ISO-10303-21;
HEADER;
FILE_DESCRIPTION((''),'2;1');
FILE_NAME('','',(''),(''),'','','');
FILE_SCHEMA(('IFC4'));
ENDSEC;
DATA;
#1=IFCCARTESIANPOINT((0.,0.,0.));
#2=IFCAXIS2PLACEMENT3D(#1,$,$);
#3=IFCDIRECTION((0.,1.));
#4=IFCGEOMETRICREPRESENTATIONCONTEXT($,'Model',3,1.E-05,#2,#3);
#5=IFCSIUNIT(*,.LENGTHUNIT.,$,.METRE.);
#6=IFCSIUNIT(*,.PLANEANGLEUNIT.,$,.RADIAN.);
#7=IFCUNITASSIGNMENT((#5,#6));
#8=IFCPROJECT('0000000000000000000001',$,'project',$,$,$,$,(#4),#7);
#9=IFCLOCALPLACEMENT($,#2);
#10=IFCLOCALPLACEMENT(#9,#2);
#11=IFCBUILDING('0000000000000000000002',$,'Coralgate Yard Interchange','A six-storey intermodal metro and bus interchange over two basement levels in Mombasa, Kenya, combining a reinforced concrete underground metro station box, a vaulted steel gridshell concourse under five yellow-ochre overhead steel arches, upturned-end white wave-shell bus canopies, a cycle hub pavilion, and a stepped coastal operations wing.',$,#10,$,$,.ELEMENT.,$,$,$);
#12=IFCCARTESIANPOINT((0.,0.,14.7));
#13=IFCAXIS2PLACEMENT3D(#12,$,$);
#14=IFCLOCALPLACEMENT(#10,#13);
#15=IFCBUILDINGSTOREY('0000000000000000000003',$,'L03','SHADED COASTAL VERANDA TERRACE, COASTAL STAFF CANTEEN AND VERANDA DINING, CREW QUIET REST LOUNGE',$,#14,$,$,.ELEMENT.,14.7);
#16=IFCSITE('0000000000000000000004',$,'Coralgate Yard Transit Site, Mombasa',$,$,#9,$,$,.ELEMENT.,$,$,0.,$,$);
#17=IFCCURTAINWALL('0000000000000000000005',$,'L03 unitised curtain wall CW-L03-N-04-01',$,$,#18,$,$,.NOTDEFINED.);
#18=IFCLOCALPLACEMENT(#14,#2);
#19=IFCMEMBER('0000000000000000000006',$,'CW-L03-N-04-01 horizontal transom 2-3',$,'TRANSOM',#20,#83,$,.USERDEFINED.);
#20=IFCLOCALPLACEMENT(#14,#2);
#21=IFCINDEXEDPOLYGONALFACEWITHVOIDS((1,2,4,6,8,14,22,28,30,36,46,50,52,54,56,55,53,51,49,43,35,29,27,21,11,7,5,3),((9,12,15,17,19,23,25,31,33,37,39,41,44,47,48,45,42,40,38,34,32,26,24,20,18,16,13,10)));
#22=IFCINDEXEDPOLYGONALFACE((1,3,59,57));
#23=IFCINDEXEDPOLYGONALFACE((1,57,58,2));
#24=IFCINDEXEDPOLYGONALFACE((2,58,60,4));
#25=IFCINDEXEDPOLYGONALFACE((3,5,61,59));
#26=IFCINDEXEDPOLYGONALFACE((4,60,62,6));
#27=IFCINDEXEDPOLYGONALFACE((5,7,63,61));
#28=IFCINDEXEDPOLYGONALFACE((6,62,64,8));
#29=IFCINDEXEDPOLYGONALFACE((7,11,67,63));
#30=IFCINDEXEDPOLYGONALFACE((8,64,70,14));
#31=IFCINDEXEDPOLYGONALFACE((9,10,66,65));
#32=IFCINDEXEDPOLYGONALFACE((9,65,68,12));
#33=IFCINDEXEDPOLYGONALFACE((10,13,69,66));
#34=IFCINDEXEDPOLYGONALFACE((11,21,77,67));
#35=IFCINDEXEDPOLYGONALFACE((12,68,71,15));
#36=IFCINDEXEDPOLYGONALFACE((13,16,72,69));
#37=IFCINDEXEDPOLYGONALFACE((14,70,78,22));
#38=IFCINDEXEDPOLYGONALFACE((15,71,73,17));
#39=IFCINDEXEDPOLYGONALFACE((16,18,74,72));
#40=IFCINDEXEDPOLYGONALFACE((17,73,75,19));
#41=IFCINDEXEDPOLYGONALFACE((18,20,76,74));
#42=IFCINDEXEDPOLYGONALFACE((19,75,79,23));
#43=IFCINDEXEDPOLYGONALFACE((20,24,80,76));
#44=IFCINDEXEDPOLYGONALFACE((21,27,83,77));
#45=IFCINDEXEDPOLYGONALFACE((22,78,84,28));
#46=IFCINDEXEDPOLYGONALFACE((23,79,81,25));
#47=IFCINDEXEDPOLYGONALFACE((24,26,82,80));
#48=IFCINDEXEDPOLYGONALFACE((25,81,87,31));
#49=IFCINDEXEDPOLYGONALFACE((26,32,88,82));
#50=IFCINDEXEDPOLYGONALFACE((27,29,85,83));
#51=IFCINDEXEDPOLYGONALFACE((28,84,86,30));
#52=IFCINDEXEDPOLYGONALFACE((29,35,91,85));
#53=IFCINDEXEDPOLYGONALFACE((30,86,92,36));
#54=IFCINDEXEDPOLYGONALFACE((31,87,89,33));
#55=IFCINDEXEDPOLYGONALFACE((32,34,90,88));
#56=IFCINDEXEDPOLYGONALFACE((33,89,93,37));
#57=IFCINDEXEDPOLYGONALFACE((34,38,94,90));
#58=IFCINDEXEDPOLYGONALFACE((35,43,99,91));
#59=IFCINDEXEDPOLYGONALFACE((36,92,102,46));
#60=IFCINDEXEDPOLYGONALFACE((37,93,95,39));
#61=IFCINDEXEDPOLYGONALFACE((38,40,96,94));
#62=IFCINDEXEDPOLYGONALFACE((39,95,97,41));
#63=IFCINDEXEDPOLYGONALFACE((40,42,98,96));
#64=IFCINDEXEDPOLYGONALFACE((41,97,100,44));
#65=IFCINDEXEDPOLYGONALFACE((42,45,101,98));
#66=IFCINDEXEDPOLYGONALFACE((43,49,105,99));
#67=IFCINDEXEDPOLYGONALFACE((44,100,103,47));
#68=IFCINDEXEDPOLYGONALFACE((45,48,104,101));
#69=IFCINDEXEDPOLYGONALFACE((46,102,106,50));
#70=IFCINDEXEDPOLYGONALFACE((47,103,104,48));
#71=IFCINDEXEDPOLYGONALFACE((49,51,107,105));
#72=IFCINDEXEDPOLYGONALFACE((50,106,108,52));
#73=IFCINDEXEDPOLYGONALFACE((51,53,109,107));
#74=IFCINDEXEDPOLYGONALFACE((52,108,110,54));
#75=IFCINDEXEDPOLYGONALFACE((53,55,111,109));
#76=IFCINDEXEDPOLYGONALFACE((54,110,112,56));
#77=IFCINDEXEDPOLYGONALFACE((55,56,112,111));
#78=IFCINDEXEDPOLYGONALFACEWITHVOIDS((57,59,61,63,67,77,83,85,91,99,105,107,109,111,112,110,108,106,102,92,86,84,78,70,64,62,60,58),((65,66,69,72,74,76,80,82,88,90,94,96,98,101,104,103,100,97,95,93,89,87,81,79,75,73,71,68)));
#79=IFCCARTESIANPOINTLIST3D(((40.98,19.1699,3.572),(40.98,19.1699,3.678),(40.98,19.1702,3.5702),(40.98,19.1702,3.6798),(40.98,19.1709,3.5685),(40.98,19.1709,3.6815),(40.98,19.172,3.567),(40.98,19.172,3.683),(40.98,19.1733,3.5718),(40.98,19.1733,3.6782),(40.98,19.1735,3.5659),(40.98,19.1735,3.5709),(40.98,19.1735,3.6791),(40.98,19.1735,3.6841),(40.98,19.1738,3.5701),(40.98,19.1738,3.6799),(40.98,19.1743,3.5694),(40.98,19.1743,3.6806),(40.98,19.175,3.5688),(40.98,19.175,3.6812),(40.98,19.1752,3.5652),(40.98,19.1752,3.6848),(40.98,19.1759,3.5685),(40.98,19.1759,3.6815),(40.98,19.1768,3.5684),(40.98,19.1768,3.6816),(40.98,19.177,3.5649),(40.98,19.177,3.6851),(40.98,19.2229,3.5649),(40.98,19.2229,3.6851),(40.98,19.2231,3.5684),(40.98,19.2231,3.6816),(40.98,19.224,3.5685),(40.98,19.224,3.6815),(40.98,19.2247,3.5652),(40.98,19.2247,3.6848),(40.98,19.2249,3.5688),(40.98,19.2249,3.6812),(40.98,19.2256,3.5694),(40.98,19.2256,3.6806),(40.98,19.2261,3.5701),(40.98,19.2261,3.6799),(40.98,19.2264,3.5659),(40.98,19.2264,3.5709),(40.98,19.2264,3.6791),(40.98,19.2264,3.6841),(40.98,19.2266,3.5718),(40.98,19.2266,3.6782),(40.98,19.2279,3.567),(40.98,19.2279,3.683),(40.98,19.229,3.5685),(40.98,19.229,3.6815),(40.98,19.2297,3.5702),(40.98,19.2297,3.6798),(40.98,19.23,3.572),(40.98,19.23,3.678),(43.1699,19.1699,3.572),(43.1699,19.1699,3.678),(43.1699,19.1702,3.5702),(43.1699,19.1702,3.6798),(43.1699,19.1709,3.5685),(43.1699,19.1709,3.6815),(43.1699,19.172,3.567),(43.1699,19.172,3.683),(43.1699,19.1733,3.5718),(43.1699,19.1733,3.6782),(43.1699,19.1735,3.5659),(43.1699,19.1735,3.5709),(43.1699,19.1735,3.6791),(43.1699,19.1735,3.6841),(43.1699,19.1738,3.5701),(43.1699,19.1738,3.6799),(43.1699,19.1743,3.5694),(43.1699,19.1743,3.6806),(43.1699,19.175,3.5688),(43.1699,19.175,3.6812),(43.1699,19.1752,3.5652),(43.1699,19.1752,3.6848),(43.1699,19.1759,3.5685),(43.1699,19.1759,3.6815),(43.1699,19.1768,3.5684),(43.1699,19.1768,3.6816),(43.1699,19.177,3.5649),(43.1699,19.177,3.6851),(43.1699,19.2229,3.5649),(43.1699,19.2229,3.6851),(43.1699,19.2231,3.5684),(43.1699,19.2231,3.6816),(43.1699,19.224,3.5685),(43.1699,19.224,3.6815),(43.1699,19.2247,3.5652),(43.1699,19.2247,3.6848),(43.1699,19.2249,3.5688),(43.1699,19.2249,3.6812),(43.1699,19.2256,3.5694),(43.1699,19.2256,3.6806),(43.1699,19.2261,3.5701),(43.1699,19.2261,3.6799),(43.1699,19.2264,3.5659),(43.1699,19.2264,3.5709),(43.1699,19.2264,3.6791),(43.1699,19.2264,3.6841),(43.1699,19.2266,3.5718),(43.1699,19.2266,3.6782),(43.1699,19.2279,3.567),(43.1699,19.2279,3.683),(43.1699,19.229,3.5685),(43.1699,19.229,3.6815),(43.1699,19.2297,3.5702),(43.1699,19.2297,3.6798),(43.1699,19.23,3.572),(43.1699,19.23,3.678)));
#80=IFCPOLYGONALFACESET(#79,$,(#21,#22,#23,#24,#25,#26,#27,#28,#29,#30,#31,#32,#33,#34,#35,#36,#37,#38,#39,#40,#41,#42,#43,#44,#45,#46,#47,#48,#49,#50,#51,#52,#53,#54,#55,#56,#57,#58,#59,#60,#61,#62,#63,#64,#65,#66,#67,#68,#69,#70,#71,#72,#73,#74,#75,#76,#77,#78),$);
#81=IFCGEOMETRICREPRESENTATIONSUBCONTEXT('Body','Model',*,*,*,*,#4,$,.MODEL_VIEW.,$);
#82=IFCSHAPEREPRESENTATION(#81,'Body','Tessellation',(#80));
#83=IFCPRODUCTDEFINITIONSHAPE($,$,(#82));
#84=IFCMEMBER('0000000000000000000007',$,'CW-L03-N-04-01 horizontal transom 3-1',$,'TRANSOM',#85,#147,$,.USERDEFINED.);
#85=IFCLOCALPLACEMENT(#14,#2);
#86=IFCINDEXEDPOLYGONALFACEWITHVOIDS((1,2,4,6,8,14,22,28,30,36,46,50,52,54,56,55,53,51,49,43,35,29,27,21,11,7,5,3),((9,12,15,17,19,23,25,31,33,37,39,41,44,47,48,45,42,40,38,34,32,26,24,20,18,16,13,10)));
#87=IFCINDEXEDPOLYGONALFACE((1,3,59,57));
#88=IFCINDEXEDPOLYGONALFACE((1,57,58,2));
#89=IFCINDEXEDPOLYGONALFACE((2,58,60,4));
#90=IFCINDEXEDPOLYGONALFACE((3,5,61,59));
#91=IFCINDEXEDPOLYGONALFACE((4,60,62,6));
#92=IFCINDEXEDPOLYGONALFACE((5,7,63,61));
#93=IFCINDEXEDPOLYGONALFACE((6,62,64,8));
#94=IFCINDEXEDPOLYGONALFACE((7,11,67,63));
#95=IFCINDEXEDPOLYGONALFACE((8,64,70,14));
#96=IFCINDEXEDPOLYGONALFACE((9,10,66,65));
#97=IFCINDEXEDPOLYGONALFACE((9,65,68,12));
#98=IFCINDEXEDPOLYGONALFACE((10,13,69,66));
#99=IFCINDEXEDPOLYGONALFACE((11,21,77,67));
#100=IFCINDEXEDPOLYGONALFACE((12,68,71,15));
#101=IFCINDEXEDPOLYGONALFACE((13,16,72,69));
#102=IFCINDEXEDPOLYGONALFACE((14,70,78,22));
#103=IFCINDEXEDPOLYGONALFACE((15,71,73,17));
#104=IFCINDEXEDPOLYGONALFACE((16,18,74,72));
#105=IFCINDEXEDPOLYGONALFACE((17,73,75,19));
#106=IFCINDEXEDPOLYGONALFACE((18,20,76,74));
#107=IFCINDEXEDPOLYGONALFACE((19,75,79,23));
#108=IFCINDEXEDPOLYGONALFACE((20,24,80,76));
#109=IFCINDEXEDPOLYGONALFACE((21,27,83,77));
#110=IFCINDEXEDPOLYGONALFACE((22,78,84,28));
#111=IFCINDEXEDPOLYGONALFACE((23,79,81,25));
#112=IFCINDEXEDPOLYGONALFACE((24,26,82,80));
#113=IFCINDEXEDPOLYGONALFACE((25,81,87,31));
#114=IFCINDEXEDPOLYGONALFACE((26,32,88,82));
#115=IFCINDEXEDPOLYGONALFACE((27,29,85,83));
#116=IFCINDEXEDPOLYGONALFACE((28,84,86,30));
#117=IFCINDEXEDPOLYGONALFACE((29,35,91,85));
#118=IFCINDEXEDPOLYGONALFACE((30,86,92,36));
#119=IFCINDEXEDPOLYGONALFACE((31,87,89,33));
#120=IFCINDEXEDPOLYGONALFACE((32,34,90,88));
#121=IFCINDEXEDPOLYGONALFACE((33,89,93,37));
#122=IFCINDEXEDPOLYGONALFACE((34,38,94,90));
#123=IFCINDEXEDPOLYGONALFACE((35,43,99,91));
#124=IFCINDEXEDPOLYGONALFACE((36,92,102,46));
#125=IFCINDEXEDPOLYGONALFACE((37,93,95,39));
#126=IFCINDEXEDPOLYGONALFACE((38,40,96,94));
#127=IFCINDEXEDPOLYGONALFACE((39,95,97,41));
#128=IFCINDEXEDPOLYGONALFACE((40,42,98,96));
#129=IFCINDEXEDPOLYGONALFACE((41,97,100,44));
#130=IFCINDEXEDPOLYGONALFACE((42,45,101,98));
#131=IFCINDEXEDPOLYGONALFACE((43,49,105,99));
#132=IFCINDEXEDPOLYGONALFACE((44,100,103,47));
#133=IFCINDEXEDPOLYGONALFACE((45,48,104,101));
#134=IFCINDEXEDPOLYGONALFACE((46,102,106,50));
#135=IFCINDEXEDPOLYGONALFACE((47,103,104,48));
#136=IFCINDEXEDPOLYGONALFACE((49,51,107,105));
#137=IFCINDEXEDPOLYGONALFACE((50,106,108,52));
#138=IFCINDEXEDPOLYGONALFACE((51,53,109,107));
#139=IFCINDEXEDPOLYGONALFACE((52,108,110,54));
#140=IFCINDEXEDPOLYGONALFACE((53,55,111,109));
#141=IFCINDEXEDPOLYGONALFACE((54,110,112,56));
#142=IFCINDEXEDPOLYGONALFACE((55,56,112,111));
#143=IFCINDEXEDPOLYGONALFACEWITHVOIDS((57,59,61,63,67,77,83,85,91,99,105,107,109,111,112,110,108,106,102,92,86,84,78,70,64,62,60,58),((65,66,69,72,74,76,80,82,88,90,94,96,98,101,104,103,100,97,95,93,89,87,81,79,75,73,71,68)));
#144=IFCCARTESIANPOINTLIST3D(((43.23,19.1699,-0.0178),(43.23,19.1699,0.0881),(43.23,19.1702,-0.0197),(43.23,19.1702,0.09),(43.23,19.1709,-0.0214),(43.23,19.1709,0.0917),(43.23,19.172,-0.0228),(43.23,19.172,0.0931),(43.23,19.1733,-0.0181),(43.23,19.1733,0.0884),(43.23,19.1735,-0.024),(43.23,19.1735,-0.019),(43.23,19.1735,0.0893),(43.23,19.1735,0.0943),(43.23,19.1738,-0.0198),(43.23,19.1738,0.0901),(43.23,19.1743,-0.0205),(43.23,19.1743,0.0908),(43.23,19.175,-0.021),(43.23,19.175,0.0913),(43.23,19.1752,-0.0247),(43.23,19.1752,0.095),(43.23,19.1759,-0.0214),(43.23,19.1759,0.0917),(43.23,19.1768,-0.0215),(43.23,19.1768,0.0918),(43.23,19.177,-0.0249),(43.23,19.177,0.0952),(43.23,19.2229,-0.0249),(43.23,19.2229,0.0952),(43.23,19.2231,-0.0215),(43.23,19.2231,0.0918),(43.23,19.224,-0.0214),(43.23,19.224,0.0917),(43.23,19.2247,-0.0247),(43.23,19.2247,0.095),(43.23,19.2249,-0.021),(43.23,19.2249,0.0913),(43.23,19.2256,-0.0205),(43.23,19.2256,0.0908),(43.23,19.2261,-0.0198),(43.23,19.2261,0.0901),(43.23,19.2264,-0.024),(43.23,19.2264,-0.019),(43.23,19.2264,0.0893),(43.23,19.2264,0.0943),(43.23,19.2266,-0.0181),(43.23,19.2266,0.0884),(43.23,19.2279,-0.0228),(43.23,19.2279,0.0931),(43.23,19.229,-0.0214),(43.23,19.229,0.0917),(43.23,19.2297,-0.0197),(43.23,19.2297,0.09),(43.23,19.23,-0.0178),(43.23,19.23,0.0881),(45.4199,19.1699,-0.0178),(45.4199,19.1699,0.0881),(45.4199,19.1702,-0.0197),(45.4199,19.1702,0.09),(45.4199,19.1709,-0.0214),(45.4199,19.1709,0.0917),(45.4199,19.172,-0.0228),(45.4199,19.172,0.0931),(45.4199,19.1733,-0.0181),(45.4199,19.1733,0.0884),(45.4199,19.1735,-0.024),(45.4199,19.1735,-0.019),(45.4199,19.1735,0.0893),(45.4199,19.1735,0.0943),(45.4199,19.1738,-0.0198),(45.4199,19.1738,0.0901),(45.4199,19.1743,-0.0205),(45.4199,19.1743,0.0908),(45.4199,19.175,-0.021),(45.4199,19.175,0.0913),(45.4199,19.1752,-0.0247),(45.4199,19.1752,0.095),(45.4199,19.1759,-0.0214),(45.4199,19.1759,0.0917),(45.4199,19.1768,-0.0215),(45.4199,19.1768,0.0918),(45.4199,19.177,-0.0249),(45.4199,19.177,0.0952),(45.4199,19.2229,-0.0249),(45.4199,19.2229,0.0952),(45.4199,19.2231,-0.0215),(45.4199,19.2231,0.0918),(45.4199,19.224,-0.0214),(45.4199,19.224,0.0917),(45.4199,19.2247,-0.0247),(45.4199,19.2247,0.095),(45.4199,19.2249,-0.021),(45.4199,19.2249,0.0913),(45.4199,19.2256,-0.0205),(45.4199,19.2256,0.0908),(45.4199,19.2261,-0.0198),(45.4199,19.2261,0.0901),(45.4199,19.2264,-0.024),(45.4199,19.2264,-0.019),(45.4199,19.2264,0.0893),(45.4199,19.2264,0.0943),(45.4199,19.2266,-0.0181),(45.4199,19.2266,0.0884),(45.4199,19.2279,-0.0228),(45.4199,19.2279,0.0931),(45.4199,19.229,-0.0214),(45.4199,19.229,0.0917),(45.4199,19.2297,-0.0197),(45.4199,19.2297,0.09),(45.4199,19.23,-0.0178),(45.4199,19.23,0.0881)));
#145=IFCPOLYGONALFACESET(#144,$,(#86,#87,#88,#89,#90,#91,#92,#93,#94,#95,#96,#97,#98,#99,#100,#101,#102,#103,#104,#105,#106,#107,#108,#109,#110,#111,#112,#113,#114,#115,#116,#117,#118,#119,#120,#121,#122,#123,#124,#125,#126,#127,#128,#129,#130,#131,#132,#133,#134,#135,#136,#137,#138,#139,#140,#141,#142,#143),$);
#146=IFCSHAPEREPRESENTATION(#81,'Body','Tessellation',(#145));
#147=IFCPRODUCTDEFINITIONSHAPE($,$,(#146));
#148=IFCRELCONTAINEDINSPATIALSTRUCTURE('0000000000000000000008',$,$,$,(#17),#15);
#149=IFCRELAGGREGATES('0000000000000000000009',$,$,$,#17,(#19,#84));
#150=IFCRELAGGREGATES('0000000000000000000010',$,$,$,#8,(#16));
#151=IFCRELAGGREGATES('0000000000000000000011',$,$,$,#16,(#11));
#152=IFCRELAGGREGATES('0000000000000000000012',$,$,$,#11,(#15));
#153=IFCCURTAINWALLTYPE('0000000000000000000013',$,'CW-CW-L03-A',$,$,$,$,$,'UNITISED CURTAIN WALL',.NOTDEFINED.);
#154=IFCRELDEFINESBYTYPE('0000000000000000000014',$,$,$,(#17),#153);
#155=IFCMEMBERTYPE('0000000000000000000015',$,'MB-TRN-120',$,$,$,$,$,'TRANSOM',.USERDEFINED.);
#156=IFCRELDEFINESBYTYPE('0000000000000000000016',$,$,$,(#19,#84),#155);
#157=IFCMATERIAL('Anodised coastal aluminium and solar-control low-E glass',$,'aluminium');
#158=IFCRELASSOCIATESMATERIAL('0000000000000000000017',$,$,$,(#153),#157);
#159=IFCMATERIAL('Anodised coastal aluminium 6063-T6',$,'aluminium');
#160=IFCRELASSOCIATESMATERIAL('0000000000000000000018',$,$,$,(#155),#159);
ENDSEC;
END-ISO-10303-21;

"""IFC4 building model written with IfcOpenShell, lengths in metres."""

from ifc_helpers import new_model, si_unit, direction, frame, origin, origin_2d, place, context, subcontext, project, spatial, hollow_rectangle, extrude, material, material_profile, profile_set, type_object, element, aggregate, save


model = new_model("IFC4")

# Units and contexts
model_context = context("Model", 3, precision=1e-05, world=origin(), true_north=direction((0.0, 1.0)))
body_context = subcontext(model_context, "Body", "Model", "MODEL_VIEW")
ifc_project = project(units=[si_unit("LENGTHUNIT", "METRE"), si_unit("PLANEANGLEUNIT", "RADIAN")], contexts=[model_context])

# Site, building, storey
site_placement = place(None, origin())
site = spatial("IfcSite", under=ifc_project, at=site_placement, Name="Coralgate Yard Transit Site, Mombasa", CompositionType="ELEMENT", RefElevation=0.0)
building_placement = place(site_placement, origin())
building = spatial("IfcBuilding", under=site, at=building_placement, Name="Coralgate Yard Interchange", Description="A six-storey intermodal metro and bus interchange over two basement levels in Mombasa, Kenya, combining a reinforced concrete underground metro station box, a vaulted steel gridshell concourse under five yellow-ochre overhead steel arches, upturned-end white wave-shell bus canopies, a cycle hub pavilion, and a stepped coastal operations wing.", CompositionType="ELEMENT")
storey_placement = place(building_placement, frame((0.0, 0.0, 14.7)))
storey = spatial("IfcBuildingStorey", under=building, at=storey_placement, Name="L03", Description="SHADED COASTAL VERANDA TERRACE, COASTAL STAFF CANTEEN AND VERANDA DINING, CREW QUIET REST LOUNGE", CompositionType="ELEMENT", Elevation=14.7)

# Curtain wall, members
ifc_material_1 = material(Name="Anodised coastal aluminium and solar-control low-E glass", Category="aluminium")
curtain_wall_type = type_object("IfcCurtainWallType", Name="CW-CW-L03-A", ElementType="UNITISED CURTAIN WALL", PredefinedType="NOTDEFINED", material=ifc_material_1)
curtain_wall_placement = place(storey_placement, origin())
curtain_wall = element("IfcCurtainWall", 1, at=curtain_wall_placement, inside=storey, type_object=curtain_wall_type, Name="L03 unitised curtain wall CW-L03-N-04-01", PredefinedType="NOTDEFINED")
ifc_material_2 = material(Name="Anodised coastal aluminium 6063-T6", Category="aluminium")
ifc_material_profile_1 = material_profile(ifc_material_2, hollow_rectangle(XDim=0.0601, YDim=0.1201, WallThickness=0.0034, InnerFilletRadius=0.0034, OuterFilletRadius=0.0071, at=origin_2d()), Name="ALU 60x120x3.5")
ifc_profile_set_1 = profile_set([ifc_material_profile_1], Name="Anodised coastal aluminium 6063-T6")
member_type_1 = type_object("IfcMemberType", Name="MB-TRN-120", ElementType="TRANSOM", PredefinedType="USERDEFINED", material=ifc_profile_set_1)
member_1_placement = place(storey_placement, frame((40.98, 19.2, 3.625), z_axis=(1.0, 0.0, 0.0), x_axis=(0.0, 1.0, 0.0)))
member_1 = element("IfcMember", 2, at=member_1_placement, type_object=member_type_1, Name="CW-L03-N-04-01 horizontal transom 2-3", ObjectType="TRANSOM", PredefinedType="USERDEFINED", context=body_context, shape_type="SweptSolid", body=[
    extrude(hollow_rectangle(XDim=0.0601, YDim=0.1201, WallThickness=0.0034, InnerFilletRadius=0.0034, OuterFilletRadius=0.0071, at=origin_2d()), origin(), (0.0, 0.0, 1.0), 2.1899),
])
member_2_placement = place(storey_placement, frame((43.23, 19.2, 0.0352), z_axis=(1.0, 0.0, 0.0), x_axis=(0.0, 1.0, 0.0)))
member_2 = element("IfcMember", 3, at=member_2_placement, type_object=member_type_1, Name="CW-L03-N-04-01 horizontal transom 3-1", ObjectType="TRANSOM", PredefinedType="USERDEFINED", context=body_context, shape_type="SweptSolid", body=[
    extrude(hollow_rectangle(XDim=0.0601, YDim=0.1201, WallThickness=0.0034, InnerFilletRadius=0.0034, OuterFilletRadius=0.0071, at=origin_2d()), origin(), (0.0, 0.0, 1.0), 2.1899),
])
aggregate(curtain_wall, [member_1, member_2])

save(model, "model.ifc")
